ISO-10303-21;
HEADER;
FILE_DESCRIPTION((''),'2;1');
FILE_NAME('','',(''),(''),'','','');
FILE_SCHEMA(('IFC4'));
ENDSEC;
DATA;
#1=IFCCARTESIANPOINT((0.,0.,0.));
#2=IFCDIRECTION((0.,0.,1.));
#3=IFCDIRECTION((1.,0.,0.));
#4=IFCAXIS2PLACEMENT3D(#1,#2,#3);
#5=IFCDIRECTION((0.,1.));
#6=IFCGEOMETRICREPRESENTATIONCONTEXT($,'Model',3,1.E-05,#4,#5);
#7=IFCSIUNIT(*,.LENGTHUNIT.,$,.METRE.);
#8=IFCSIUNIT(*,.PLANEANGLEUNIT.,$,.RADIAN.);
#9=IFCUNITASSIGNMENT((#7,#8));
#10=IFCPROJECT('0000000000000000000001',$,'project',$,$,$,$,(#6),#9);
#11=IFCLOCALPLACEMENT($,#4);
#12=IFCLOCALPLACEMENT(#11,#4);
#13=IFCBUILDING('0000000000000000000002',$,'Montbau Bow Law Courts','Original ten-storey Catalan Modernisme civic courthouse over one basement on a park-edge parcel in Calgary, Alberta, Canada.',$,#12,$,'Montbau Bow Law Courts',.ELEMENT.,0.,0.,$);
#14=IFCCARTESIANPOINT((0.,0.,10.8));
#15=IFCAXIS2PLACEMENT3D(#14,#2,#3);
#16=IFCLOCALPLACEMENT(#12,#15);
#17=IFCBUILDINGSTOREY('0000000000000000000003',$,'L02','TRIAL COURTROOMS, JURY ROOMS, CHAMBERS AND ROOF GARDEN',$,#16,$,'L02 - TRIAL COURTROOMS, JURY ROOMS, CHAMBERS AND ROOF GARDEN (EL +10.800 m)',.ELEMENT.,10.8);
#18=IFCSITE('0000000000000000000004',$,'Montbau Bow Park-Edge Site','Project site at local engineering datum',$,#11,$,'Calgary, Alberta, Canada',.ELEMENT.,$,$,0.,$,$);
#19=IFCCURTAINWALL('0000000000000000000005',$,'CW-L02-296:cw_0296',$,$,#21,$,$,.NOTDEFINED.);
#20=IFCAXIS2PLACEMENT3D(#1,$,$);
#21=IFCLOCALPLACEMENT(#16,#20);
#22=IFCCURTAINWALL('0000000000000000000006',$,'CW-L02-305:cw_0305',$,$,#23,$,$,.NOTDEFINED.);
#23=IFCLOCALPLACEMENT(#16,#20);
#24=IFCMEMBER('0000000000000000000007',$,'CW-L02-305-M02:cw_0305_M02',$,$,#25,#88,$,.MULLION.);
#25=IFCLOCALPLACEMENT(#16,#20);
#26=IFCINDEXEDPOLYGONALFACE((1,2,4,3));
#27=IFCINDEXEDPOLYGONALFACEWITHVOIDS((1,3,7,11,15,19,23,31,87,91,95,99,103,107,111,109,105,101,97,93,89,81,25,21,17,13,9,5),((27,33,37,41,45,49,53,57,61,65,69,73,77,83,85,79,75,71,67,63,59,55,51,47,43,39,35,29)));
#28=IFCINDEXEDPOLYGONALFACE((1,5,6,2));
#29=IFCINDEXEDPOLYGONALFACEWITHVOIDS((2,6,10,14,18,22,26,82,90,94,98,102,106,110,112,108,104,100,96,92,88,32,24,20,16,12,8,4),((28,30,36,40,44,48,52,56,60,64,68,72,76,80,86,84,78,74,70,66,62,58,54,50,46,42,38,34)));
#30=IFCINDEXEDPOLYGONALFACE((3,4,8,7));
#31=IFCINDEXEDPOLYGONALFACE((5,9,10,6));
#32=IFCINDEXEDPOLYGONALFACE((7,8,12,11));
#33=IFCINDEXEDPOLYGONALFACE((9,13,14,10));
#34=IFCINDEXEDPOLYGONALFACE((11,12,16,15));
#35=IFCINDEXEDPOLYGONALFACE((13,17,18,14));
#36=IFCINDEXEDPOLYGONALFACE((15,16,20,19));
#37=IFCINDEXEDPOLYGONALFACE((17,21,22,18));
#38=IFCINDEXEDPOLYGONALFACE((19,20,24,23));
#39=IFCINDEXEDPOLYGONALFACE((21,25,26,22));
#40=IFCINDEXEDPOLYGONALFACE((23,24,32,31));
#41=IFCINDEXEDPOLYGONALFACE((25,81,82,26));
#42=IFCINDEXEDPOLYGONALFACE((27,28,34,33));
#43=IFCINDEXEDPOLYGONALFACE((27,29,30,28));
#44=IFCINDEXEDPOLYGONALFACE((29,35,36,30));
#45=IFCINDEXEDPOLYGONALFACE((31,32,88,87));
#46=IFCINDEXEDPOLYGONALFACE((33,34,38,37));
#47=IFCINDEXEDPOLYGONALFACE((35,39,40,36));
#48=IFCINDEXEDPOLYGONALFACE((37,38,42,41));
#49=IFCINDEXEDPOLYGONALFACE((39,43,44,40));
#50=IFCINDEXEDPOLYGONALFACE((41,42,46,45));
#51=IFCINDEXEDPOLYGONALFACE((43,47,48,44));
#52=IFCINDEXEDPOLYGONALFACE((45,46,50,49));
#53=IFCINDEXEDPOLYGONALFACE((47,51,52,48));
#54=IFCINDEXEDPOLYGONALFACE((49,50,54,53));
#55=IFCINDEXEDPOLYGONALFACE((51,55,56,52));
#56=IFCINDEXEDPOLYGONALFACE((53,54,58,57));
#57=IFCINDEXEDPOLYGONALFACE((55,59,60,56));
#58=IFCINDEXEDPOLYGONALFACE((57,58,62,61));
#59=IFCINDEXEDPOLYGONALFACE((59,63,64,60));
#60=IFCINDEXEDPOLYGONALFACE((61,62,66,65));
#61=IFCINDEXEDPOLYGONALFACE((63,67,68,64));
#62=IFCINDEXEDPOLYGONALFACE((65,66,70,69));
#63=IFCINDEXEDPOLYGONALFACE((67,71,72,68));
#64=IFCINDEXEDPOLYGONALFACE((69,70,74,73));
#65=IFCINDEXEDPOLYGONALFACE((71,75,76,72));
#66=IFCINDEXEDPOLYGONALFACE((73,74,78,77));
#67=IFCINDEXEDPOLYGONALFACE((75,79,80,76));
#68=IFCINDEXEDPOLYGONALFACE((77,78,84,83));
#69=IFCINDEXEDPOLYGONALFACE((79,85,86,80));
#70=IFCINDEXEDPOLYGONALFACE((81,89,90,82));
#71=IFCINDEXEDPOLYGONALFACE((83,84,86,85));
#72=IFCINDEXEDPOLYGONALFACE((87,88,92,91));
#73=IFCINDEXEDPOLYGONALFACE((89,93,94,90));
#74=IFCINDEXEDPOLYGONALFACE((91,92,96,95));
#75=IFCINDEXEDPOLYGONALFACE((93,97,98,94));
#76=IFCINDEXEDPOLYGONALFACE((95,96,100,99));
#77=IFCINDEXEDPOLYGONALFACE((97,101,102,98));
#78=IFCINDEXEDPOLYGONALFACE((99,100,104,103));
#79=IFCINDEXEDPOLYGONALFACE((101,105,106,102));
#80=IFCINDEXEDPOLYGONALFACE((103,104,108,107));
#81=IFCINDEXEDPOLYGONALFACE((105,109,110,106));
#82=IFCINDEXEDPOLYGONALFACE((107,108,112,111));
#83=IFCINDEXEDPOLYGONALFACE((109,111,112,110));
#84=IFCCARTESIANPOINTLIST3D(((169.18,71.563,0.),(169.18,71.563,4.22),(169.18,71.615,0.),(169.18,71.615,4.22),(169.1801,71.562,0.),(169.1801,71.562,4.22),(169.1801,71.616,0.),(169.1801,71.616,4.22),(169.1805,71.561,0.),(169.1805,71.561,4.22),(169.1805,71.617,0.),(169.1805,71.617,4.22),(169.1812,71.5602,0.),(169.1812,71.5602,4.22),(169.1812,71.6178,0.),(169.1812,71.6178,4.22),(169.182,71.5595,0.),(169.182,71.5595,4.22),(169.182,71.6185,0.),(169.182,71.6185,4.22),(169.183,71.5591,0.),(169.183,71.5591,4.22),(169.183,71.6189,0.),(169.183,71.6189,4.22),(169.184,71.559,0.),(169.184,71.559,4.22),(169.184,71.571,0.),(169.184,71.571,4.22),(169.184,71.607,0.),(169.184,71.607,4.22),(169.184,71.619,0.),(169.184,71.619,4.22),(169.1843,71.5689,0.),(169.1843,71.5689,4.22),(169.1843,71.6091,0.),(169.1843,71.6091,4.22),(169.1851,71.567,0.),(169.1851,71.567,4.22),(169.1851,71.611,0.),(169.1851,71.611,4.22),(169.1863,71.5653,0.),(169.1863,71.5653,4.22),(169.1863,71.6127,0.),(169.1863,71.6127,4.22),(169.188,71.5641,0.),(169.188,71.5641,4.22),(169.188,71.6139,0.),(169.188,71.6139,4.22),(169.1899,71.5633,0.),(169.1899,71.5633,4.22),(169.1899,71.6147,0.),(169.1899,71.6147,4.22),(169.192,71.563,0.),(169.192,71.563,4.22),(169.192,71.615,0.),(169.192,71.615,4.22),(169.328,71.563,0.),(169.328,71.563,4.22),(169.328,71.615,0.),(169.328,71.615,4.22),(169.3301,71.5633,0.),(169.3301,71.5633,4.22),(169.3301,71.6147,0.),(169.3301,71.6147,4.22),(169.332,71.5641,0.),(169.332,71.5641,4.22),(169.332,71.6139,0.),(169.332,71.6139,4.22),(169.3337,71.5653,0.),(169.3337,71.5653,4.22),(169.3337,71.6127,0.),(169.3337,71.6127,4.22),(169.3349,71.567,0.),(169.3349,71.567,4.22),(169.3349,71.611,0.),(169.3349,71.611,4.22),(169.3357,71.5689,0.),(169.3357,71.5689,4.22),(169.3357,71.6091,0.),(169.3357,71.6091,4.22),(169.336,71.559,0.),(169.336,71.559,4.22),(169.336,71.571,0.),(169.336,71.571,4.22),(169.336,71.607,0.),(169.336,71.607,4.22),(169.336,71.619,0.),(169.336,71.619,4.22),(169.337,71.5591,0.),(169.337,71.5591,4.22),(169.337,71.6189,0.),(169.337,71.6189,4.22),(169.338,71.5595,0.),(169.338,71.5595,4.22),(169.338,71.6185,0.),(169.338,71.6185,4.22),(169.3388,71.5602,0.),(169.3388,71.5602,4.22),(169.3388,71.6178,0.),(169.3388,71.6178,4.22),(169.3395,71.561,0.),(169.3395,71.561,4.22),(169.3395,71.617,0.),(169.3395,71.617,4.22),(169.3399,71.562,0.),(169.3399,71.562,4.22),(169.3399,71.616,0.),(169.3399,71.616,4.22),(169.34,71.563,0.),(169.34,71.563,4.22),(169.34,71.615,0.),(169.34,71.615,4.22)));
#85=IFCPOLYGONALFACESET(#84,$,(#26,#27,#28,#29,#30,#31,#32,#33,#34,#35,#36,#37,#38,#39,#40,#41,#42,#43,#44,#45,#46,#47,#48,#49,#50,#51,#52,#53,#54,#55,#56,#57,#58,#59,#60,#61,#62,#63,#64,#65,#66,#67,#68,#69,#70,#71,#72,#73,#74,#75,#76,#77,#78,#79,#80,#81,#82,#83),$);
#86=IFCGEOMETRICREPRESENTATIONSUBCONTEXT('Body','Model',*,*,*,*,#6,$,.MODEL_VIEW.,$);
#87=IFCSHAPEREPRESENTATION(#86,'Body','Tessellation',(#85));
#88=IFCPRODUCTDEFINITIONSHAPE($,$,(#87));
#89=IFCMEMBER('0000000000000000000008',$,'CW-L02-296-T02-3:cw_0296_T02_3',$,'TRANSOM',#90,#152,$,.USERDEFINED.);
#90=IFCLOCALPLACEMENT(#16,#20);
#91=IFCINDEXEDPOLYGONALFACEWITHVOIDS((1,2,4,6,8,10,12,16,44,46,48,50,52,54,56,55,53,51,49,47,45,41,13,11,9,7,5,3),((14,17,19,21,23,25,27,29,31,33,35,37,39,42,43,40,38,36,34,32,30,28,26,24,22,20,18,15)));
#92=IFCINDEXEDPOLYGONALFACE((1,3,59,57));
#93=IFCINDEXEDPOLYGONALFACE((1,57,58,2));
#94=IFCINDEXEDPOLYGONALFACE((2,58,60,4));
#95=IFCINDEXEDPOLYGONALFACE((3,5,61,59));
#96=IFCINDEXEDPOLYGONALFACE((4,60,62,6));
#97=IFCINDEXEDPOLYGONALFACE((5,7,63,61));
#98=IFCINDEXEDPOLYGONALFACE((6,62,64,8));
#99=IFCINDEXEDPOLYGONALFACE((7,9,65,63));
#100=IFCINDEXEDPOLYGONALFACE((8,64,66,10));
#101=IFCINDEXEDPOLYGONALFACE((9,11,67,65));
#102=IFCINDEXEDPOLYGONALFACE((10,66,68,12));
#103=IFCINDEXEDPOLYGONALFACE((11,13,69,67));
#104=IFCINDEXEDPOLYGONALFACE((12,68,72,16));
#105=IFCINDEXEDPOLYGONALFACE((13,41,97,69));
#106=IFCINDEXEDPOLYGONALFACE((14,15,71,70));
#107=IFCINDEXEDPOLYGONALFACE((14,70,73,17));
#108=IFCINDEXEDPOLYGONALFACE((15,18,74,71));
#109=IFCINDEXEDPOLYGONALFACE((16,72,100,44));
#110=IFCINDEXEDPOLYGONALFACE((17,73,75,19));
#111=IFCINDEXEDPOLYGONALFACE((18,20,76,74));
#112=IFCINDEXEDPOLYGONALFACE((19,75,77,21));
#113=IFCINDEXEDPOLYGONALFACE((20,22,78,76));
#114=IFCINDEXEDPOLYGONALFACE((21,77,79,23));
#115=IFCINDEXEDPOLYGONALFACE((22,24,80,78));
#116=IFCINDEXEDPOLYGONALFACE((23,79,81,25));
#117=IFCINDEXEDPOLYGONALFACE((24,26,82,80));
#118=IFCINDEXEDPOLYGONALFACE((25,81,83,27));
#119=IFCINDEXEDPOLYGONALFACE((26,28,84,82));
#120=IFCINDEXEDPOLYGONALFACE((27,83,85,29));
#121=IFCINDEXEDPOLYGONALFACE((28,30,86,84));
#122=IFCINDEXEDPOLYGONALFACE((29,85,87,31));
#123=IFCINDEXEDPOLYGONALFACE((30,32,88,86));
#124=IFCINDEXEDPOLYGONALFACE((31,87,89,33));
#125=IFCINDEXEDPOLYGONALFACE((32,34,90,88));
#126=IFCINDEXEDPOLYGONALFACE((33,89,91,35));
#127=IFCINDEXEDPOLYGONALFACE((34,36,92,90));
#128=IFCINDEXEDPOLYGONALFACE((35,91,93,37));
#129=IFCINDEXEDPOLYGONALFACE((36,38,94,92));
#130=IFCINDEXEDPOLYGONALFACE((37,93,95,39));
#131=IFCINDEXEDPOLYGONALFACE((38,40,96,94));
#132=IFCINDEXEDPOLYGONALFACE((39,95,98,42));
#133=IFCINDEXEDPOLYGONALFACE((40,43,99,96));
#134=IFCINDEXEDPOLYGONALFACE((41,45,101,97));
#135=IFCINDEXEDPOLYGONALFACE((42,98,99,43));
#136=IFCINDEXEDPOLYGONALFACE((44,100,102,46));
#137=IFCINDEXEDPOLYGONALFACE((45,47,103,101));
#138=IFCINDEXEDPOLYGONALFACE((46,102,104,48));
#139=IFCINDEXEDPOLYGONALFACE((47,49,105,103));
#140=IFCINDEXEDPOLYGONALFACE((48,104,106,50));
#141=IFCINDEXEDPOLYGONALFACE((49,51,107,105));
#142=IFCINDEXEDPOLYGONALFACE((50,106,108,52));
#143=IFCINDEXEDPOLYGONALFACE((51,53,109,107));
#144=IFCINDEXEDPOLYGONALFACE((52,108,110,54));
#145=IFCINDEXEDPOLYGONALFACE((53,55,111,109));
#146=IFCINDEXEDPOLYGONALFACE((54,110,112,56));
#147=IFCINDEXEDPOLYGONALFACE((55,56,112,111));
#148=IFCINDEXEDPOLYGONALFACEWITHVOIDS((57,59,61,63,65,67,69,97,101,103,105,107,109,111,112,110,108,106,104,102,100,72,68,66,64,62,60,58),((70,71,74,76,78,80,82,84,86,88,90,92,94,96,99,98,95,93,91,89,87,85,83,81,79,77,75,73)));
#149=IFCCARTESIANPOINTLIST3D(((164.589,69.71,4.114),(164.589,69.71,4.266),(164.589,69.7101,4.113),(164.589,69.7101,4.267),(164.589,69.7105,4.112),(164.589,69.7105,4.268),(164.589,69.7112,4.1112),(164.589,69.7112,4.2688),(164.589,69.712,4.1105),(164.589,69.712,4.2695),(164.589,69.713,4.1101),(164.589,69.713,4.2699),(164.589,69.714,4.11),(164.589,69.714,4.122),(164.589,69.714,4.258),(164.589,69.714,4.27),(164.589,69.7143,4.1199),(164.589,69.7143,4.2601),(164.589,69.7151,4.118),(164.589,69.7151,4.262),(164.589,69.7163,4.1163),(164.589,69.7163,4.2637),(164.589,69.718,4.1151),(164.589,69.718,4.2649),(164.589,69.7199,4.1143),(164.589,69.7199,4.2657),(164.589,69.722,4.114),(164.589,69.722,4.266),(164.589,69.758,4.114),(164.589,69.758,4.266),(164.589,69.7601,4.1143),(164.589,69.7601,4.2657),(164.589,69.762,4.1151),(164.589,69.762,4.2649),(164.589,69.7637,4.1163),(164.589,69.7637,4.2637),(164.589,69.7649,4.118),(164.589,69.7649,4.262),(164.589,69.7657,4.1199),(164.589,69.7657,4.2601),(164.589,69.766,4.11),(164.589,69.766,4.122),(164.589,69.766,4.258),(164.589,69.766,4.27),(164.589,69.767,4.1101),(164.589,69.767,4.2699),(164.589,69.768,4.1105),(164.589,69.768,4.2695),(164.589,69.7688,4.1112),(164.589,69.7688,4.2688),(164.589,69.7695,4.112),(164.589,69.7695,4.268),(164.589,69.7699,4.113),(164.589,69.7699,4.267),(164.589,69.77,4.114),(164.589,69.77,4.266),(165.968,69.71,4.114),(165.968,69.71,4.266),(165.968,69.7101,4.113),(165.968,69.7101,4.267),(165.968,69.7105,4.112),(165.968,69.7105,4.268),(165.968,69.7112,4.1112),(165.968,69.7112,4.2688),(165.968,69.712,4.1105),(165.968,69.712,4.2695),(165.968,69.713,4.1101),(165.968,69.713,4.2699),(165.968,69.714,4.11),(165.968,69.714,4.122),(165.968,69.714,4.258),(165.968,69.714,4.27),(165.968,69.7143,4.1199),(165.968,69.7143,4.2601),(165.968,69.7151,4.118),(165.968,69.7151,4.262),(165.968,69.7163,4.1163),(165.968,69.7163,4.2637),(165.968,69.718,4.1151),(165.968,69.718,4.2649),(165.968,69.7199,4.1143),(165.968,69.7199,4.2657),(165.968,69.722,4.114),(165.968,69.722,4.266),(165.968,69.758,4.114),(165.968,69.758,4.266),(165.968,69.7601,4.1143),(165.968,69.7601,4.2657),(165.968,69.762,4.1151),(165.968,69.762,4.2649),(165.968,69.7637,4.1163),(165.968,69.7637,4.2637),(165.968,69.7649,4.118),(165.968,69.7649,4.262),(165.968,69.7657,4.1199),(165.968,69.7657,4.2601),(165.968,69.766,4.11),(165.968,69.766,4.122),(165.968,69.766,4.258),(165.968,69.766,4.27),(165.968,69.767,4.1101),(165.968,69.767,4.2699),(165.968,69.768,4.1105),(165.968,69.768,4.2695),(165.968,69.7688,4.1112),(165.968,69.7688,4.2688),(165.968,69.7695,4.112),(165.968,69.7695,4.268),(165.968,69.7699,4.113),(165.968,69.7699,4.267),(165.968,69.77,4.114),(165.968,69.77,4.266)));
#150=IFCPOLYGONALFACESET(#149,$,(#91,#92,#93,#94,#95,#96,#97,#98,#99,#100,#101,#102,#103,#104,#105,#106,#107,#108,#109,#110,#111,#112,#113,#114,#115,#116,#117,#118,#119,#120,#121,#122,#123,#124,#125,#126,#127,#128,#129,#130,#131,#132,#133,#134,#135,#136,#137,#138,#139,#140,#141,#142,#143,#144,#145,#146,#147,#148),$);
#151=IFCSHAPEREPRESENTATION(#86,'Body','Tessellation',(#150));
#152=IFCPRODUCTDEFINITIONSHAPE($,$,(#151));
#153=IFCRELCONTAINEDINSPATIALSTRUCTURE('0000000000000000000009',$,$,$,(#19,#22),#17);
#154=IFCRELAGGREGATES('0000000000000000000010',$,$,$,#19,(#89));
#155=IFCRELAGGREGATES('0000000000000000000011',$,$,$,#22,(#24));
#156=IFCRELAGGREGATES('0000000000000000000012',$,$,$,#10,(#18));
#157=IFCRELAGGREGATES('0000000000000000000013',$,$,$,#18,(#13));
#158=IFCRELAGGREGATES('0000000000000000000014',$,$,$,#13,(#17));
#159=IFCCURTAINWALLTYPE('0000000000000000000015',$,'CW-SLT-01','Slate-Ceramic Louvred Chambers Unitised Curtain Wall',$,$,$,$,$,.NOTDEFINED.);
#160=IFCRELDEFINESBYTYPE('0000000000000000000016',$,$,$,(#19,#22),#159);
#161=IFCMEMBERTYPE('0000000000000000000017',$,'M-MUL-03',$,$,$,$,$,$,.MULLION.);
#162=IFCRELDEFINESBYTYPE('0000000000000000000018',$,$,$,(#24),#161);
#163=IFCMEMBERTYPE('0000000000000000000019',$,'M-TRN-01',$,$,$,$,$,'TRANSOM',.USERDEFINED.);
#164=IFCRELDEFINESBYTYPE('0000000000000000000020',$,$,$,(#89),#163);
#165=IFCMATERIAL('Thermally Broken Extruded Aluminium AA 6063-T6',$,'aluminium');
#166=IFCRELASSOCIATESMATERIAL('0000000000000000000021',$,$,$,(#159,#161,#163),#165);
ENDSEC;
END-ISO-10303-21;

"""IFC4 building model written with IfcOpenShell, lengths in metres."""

from ifc_helpers import new_model, si_unit, direction, frame, origin_with_axes, origin_2d_with_axis, place, context, subcontext, project, spatial, hollow_rectangle, extrude, material, material_profile, profile_set, type_object, element, aggregate, save


model = new_model("IFC4")

# Units and contexts
model_context = context("Model", 3, precision=1e-05, world=origin_with_axes(), true_north=direction((0.0, 1.0)))
body_context = subcontext(model_context, "Body", "Model", "MODEL_VIEW")
ifc_project = project(units=[si_unit("LENGTHUNIT", "METRE"), si_unit("PLANEANGLEUNIT", "RADIAN")], contexts=[model_context])

# Site, building, storey
site_placement = place(None, origin_with_axes())
site = spatial("IfcSite", under=ifc_project, at=site_placement, Name="Montbau Bow Park-Edge Site", Description="Project site at local engineering datum", LongName="Calgary, Alberta, Canada", CompositionType="ELEMENT", RefElevation=0.0)
building_placement = place(site_placement, origin_with_axes())
building = spatial("IfcBuilding", under=site, at=building_placement, Name="Montbau Bow Law Courts", Description="Original ten-storey Catalan Modernisme civic courthouse over one basement on a park-edge parcel in Calgary, Alberta, Canada.", LongName="Montbau Bow Law Courts", CompositionType="ELEMENT", ElevationOfRefHeight=0.0, ElevationOfTerrain=0.0)
storey_placement = place(building_placement, frame((0.0, 0.0, 10.8), z_axis=(0.0, 0.0, 1.0), x_axis=(1.0, 0.0, 0.0)))
storey = spatial("IfcBuildingStorey", under=building, at=storey_placement, Name="L02", Description="TRIAL COURTROOMS, JURY ROOMS, CHAMBERS AND ROOF GARDEN", LongName="L02 - TRIAL COURTROOMS, JURY ROOMS, CHAMBERS AND ROOF GARDEN (EL +10.800 m)", CompositionType="ELEMENT", Elevation=10.8)

# Curtain walls, member
ifc_material_1 = material(Name="Thermally Broken Extruded Aluminium AA 6063-T6", Category="aluminium")
curtain_wall_type = type_object("IfcCurtainWallType", Name="CW-SLT-01", Description="Slate-Ceramic Louvred Chambers Unitised Curtain Wall", PredefinedType="NOTDEFINED", material=ifc_material_1)
curtain_wall_1_placement = place(None, frame((163.115, 69.74, 10.8), z_axis=(0.0, 0.0, 1.0), x_axis=(1.0, 0.0, 0.0)))
curtain_wall_1 = element("IfcCurtainWall", 1, at=curtain_wall_1_placement, inside=storey, type_object=curtain_wall_type, Name="CW-L02-296:cw_0296", PredefinedType="NOTDEFINED")
ifc_material_profile_1 = material_profile(ifc_material_1, hollow_rectangle(XDim=0.06, YDim=0.16, WallThickness=0.004, InnerFilletRadius=0.008, OuterFilletRadius=0.004, at=origin_2d_with_axis()), Name="CWM-160X60", Category="Main", Priority=0)
ifc_profile_set_1 = profile_set([ifc_material_profile_1], Name="Thermally Broken Extruded Aluminium AA 6063-T6")
member_type_1 = type_object("IfcMemberType", Name="M-MUL-03", PredefinedType="MULLION", material=ifc_profile_set_1)
curtain_wall_2_placement = place(None, frame((169.26, 70.115, 10.8), z_axis=(0.0, 0.0, 1.0), x_axis=(1.0, 0.0, 0.0)))
curtain_wall_2 = element("IfcCurtainWall", 2, at=curtain_wall_2_placement, inside=storey, type_object=curtain_wall_type, Name="CW-L02-305:cw_0305", PredefinedType="NOTDEFINED")
member_1_placement = place(None, frame((169.26, 71.589, 10.8), z_axis=(0.0, 0.0, 1.0), x_axis=(0.0, 1.0, 0.0)))
member_1 = element("IfcMember", 3, at=member_1_placement, type_object=member_type_1, Name="CW-L02-305-M02:cw_0305_M02", PredefinedType="MULLION", context=body_context, shape_type="SweptSolid", body=[
    extrude(hollow_rectangle(XDim=0.06, YDim=0.16, WallThickness=0.004, InnerFilletRadius=0.008, OuterFilletRadius=0.004, at=origin_2d_with_axis()), origin_with_axes(), (0.0, 0.0, 1.0), 4.22),
])

# Member
ifc_material_profile_2 = material_profile(ifc_material_1, hollow_rectangle(XDim=0.06, YDim=0.16, WallThickness=0.004, InnerFilletRadius=0.008, OuterFilletRadius=0.004, at=origin_2d_with_axis()), Name="CWT-160X60", Category="Main", Priority=0)
ifc_profile_set_2 = profile_set([ifc_material_profile_2], Name="Thermally Broken Extruded Aluminium AA 6063-T6")
member_type_2 = type_object("IfcMemberType", Name="M-TRN-01", ElementType="TRANSOM", PredefinedType="USERDEFINED", material=ifc_profile_set_2)
member_2_placement = place(None, frame((164.589, 69.74, 14.99), z_axis=(1.0, 0.0, 0.0), x_axis=(0.0, 1.0, 0.0)))
member_2 = element("IfcMember", 4, at=member_2_placement, type_object=member_type_2, Name="CW-L02-296-T02-3:cw_0296_T02_3", ObjectType="TRANSOM", PredefinedType="USERDEFINED", context=body_context, shape_type="SweptSolid", body=[
    extrude(hollow_rectangle(XDim=0.06, YDim=0.16, WallThickness=0.004, InnerFilletRadius=0.008, OuterFilletRadius=0.004, at=origin_2d_with_axis()), origin_with_axes(), (0.0, 0.0, 1.0), 1.379),
])

aggregate(curtain_wall_1, [member_2])
aggregate(curtain_wall_2, [member_1])

save(model, "model.ifc")
